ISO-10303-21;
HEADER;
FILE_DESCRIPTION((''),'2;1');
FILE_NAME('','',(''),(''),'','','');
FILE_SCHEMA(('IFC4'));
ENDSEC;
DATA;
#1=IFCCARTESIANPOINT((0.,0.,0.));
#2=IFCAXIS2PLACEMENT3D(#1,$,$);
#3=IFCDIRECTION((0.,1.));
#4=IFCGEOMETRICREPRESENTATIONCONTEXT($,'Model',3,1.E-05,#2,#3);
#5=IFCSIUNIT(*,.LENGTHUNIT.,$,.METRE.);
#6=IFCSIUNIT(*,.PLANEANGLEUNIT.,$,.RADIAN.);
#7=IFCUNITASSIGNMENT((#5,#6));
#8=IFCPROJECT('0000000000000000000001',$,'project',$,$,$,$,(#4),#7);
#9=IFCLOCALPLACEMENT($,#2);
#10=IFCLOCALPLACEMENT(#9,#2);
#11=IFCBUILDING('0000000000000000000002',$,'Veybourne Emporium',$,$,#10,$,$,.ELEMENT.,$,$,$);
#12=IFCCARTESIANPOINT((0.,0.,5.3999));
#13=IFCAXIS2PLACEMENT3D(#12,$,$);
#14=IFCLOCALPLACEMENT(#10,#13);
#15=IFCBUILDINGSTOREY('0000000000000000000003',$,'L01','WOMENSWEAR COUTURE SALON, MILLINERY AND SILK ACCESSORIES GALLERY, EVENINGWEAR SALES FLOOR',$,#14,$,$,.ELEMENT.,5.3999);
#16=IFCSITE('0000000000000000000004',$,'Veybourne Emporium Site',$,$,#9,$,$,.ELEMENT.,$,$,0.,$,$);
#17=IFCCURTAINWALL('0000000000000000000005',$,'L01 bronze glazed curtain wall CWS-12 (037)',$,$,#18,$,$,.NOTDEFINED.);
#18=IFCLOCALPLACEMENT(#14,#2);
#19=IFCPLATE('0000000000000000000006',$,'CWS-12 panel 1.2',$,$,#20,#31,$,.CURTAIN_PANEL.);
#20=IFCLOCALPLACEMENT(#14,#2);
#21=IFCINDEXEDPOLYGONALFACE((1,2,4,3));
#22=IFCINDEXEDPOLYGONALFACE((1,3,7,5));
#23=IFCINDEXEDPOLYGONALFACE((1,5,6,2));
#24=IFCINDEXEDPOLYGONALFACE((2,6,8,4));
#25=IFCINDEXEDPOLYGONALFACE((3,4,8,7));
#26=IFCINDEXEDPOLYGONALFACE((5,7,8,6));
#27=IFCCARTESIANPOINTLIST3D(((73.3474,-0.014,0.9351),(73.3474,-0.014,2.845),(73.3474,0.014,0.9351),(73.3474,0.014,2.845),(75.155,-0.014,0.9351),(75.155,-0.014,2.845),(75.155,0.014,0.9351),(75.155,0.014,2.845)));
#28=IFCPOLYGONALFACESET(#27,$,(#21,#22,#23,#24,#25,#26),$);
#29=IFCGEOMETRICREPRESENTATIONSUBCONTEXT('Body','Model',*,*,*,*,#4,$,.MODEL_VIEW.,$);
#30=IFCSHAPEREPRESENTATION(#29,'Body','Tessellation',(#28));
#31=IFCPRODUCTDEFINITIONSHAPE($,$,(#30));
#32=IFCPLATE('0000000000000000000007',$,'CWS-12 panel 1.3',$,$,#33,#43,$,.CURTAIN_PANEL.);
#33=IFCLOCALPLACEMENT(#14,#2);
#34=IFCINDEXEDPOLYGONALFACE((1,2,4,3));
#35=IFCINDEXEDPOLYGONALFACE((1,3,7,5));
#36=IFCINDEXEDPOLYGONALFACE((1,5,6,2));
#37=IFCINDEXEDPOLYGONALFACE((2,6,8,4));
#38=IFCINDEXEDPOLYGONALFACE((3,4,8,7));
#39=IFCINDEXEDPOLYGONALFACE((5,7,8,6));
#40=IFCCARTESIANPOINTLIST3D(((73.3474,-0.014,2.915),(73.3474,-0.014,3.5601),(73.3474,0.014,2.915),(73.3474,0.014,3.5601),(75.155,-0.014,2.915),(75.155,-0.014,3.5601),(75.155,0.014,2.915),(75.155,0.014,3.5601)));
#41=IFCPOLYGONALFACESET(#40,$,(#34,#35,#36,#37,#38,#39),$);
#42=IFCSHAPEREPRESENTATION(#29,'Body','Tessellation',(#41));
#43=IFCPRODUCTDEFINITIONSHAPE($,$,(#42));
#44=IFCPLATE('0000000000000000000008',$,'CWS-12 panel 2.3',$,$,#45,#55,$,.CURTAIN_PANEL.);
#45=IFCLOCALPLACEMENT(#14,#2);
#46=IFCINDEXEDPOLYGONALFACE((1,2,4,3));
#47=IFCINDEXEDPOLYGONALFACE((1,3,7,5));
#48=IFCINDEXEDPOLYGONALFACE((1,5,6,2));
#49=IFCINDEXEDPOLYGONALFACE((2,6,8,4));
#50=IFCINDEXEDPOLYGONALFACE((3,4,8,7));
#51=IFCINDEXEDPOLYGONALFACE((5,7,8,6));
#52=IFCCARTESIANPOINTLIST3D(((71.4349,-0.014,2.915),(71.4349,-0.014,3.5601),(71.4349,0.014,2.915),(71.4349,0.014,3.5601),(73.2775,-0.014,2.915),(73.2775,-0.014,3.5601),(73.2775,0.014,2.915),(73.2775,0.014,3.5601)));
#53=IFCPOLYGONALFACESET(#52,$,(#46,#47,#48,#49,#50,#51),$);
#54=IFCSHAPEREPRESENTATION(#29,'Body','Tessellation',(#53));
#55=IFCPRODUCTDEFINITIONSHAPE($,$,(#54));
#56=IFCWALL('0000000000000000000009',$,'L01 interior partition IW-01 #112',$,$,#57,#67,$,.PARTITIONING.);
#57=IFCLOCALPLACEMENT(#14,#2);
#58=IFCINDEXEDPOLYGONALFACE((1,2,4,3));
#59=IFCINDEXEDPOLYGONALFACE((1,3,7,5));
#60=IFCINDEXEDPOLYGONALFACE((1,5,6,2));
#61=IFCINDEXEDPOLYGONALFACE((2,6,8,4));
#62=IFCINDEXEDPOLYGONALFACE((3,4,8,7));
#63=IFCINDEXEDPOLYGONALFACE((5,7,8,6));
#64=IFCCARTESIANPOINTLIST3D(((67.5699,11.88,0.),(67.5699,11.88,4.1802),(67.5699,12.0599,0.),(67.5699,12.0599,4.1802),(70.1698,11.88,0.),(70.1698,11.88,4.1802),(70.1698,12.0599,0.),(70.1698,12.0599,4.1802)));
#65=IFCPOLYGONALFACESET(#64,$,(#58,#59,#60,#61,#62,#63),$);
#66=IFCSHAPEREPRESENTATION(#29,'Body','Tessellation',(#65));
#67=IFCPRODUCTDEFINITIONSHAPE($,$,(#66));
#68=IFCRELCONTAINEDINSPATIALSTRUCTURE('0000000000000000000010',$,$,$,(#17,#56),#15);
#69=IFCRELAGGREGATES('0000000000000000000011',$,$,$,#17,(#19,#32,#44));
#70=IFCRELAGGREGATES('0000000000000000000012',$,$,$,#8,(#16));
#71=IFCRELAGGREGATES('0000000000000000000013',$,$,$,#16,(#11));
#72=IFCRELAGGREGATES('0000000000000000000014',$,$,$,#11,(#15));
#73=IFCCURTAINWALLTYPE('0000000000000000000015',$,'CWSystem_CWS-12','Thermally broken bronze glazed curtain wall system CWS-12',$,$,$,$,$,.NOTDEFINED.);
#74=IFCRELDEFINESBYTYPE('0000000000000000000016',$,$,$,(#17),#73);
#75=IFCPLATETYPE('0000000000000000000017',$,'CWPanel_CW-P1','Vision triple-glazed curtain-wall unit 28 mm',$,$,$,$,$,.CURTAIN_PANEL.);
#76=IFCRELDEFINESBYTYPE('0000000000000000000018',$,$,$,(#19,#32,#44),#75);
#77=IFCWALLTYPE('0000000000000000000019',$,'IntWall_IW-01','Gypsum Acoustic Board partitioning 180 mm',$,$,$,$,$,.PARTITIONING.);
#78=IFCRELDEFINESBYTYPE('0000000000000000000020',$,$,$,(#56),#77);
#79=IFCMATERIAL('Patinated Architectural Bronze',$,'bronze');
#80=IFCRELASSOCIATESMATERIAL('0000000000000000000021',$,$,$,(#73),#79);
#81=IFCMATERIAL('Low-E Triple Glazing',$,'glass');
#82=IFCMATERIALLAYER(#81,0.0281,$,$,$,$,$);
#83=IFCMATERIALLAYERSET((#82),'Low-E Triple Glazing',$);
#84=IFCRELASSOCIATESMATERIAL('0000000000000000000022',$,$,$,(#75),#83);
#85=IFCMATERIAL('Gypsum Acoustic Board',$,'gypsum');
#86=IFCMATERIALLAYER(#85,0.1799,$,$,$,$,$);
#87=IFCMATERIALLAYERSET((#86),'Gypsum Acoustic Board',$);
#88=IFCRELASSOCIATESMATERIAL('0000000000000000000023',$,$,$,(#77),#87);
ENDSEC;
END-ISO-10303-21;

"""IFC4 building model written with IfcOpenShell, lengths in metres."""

from ifc_helpers import new_model, si_unit, direction, frame, frame_2d, origin, origin_2d, place, context, subcontext, project, spatial, rectangle, extrude, material, layer, layer_set, type_object, element, aggregate, save


model = new_model("IFC4")

# Units and contexts
model_context = context("Model", 3, precision=1e-05, world=origin(), true_north=direction((0.0, 1.0)))
body_context = subcontext(model_context, "Body", "Model", "MODEL_VIEW")
ifc_project = project(units=[si_unit("LENGTHUNIT", "METRE"), si_unit("PLANEANGLEUNIT", "RADIAN")], contexts=[model_context])

# Site, building, storey
site_placement = place(None, origin())
site = spatial("IfcSite", under=ifc_project, at=site_placement, Name="Veybourne Emporium Site", CompositionType="ELEMENT", RefElevation=0.0)
building_placement = place(site_placement, origin())
building = spatial("IfcBuilding", under=site, at=building_placement, Name="Veybourne Emporium", CompositionType="ELEMENT")
storey_placement = place(building_placement, frame((0.0, 0.0, 5.3999)))
storey = spatial("IfcBuildingStorey", under=building, at=storey_placement, Name="L01", Description="WOMENSWEAR COUTURE SALON, MILLINERY AND SILK ACCESSORIES GALLERY, EVENINGWEAR SALES FLOOR", CompositionType="ELEMENT", Elevation=5.3999)

# Curtain wall
ifc_material_1 = material(Name="Patinated Architectural Bronze", Category="bronze")
curtain_wall_type = type_object("IfcCurtainWallType", Name="CWSystem_CWS-12", Description="Thermally broken bronze glazed curtain wall system CWS-12", PredefinedType="NOTDEFINED", material=ifc_material_1)
curtain_wall_placement = place(storey_placement, origin())
curtain_wall = element("IfcCurtainWall", 1, at=curtain_wall_placement, inside=storey, type_object=curtain_wall_type, Name="L01 bronze glazed curtain wall CWS-12 (037)", PredefinedType="NOTDEFINED")

# Plates
ifc_material_2 = material(Name="Low-E Triple Glazing", Category="glass")
ifc_layer_1 = layer(ifc_material_2, 0.0281)
ifc_layer_set_1 = layer_set([ifc_layer_1], Name="Low-E Triple Glazing")
plate_type = type_object("IfcPlateType", Name="CWPanel_CW-P1", Description="Vision triple-glazed curtain-wall unit 28 mm", PredefinedType="CURTAIN_PANEL", material=ifc_layer_set_1)
plate_1_placement = place(storey_placement, frame((74.2512, 0.0, 0.9351), z_axis=(0.0, 0.0, 1.0), x_axis=(-1.0, 0.0, 0.0)))
plate_1 = element("IfcPlate", 2, at=plate_1_placement, type_object=plate_type, Name="CWS-12 panel 1.2", PredefinedType="CURTAIN_PANEL", context=body_context, shape_type="SweptSolid", body=[
    extrude(rectangle(XDim=1.8076, YDim=0.0281, at=origin_2d()), origin(), (0.0, 0.0, 1.0), 1.9099),
])
plate_2_placement = place(storey_placement, frame((74.2512, 0.0, 2.915), z_axis=(0.0, 0.0, 1.0), x_axis=(-1.0, 0.0, 0.0)))
plate_2 = element("IfcPlate", 3, at=plate_2_placement, type_object=plate_type, Name="CWS-12 panel 1.3", PredefinedType="CURTAIN_PANEL", context=body_context, shape_type="SweptSolid", body=[
    extrude(rectangle(XDim=1.8076, YDim=0.0281, at=origin_2d()), origin(), (0.0, 0.0, 1.0), 0.645),
])
plate_3_placement = place(storey_placement, frame((72.3562, 0.0, 2.915), z_axis=(0.0, 0.0, 1.0), x_axis=(-1.0, 0.0, 0.0)))
plate_3 = element("IfcPlate", 4, at=plate_3_placement, type_object=plate_type, Name="CWS-12 panel 2.3", PredefinedType="CURTAIN_PANEL", context=body_context, shape_type="SweptSolid", body=[
    extrude(rectangle(XDim=1.8425, YDim=0.0281, at=origin_2d()), origin(), (0.0, 0.0, 1.0), 0.645),
])
aggregate(curtain_wall, [plate_1, plate_2, plate_3])

# Wall
ifc_material_3 = material(Name="Gypsum Acoustic Board", Category="gypsum")
ifc_layer_2 = layer(ifc_material_3, 0.1799)
ifc_layer_set_2 = layer_set([ifc_layer_2], Name="Gypsum Acoustic Board")
wall_type = type_object("IfcWallType", Name="IntWall_IW-01", Description="Gypsum Acoustic Board partitioning 180 mm", PredefinedType="PARTITIONING", material=ifc_layer_set_2)
wall_placement = place(storey_placement, frame((67.5701, 11.97, 0.0), z_axis=(0.0, 0.0, 1.0), x_axis=(1.0, 0.0, 0.0)))
element("IfcWall", 5, at=wall_placement, inside=storey, type_object=wall_type, Name="L01 interior partition IW-01 #112", PredefinedType="PARTITIONING", context=body_context, shape_type="SweptSolid", body=[
    extrude(rectangle(XDim=2.5999, YDim=0.1799, at=frame_2d((1.2998, 0.0))), origin(), (0.0, 0.0, 1.0), 4.1802),
])

save(model, "model.ifc")
